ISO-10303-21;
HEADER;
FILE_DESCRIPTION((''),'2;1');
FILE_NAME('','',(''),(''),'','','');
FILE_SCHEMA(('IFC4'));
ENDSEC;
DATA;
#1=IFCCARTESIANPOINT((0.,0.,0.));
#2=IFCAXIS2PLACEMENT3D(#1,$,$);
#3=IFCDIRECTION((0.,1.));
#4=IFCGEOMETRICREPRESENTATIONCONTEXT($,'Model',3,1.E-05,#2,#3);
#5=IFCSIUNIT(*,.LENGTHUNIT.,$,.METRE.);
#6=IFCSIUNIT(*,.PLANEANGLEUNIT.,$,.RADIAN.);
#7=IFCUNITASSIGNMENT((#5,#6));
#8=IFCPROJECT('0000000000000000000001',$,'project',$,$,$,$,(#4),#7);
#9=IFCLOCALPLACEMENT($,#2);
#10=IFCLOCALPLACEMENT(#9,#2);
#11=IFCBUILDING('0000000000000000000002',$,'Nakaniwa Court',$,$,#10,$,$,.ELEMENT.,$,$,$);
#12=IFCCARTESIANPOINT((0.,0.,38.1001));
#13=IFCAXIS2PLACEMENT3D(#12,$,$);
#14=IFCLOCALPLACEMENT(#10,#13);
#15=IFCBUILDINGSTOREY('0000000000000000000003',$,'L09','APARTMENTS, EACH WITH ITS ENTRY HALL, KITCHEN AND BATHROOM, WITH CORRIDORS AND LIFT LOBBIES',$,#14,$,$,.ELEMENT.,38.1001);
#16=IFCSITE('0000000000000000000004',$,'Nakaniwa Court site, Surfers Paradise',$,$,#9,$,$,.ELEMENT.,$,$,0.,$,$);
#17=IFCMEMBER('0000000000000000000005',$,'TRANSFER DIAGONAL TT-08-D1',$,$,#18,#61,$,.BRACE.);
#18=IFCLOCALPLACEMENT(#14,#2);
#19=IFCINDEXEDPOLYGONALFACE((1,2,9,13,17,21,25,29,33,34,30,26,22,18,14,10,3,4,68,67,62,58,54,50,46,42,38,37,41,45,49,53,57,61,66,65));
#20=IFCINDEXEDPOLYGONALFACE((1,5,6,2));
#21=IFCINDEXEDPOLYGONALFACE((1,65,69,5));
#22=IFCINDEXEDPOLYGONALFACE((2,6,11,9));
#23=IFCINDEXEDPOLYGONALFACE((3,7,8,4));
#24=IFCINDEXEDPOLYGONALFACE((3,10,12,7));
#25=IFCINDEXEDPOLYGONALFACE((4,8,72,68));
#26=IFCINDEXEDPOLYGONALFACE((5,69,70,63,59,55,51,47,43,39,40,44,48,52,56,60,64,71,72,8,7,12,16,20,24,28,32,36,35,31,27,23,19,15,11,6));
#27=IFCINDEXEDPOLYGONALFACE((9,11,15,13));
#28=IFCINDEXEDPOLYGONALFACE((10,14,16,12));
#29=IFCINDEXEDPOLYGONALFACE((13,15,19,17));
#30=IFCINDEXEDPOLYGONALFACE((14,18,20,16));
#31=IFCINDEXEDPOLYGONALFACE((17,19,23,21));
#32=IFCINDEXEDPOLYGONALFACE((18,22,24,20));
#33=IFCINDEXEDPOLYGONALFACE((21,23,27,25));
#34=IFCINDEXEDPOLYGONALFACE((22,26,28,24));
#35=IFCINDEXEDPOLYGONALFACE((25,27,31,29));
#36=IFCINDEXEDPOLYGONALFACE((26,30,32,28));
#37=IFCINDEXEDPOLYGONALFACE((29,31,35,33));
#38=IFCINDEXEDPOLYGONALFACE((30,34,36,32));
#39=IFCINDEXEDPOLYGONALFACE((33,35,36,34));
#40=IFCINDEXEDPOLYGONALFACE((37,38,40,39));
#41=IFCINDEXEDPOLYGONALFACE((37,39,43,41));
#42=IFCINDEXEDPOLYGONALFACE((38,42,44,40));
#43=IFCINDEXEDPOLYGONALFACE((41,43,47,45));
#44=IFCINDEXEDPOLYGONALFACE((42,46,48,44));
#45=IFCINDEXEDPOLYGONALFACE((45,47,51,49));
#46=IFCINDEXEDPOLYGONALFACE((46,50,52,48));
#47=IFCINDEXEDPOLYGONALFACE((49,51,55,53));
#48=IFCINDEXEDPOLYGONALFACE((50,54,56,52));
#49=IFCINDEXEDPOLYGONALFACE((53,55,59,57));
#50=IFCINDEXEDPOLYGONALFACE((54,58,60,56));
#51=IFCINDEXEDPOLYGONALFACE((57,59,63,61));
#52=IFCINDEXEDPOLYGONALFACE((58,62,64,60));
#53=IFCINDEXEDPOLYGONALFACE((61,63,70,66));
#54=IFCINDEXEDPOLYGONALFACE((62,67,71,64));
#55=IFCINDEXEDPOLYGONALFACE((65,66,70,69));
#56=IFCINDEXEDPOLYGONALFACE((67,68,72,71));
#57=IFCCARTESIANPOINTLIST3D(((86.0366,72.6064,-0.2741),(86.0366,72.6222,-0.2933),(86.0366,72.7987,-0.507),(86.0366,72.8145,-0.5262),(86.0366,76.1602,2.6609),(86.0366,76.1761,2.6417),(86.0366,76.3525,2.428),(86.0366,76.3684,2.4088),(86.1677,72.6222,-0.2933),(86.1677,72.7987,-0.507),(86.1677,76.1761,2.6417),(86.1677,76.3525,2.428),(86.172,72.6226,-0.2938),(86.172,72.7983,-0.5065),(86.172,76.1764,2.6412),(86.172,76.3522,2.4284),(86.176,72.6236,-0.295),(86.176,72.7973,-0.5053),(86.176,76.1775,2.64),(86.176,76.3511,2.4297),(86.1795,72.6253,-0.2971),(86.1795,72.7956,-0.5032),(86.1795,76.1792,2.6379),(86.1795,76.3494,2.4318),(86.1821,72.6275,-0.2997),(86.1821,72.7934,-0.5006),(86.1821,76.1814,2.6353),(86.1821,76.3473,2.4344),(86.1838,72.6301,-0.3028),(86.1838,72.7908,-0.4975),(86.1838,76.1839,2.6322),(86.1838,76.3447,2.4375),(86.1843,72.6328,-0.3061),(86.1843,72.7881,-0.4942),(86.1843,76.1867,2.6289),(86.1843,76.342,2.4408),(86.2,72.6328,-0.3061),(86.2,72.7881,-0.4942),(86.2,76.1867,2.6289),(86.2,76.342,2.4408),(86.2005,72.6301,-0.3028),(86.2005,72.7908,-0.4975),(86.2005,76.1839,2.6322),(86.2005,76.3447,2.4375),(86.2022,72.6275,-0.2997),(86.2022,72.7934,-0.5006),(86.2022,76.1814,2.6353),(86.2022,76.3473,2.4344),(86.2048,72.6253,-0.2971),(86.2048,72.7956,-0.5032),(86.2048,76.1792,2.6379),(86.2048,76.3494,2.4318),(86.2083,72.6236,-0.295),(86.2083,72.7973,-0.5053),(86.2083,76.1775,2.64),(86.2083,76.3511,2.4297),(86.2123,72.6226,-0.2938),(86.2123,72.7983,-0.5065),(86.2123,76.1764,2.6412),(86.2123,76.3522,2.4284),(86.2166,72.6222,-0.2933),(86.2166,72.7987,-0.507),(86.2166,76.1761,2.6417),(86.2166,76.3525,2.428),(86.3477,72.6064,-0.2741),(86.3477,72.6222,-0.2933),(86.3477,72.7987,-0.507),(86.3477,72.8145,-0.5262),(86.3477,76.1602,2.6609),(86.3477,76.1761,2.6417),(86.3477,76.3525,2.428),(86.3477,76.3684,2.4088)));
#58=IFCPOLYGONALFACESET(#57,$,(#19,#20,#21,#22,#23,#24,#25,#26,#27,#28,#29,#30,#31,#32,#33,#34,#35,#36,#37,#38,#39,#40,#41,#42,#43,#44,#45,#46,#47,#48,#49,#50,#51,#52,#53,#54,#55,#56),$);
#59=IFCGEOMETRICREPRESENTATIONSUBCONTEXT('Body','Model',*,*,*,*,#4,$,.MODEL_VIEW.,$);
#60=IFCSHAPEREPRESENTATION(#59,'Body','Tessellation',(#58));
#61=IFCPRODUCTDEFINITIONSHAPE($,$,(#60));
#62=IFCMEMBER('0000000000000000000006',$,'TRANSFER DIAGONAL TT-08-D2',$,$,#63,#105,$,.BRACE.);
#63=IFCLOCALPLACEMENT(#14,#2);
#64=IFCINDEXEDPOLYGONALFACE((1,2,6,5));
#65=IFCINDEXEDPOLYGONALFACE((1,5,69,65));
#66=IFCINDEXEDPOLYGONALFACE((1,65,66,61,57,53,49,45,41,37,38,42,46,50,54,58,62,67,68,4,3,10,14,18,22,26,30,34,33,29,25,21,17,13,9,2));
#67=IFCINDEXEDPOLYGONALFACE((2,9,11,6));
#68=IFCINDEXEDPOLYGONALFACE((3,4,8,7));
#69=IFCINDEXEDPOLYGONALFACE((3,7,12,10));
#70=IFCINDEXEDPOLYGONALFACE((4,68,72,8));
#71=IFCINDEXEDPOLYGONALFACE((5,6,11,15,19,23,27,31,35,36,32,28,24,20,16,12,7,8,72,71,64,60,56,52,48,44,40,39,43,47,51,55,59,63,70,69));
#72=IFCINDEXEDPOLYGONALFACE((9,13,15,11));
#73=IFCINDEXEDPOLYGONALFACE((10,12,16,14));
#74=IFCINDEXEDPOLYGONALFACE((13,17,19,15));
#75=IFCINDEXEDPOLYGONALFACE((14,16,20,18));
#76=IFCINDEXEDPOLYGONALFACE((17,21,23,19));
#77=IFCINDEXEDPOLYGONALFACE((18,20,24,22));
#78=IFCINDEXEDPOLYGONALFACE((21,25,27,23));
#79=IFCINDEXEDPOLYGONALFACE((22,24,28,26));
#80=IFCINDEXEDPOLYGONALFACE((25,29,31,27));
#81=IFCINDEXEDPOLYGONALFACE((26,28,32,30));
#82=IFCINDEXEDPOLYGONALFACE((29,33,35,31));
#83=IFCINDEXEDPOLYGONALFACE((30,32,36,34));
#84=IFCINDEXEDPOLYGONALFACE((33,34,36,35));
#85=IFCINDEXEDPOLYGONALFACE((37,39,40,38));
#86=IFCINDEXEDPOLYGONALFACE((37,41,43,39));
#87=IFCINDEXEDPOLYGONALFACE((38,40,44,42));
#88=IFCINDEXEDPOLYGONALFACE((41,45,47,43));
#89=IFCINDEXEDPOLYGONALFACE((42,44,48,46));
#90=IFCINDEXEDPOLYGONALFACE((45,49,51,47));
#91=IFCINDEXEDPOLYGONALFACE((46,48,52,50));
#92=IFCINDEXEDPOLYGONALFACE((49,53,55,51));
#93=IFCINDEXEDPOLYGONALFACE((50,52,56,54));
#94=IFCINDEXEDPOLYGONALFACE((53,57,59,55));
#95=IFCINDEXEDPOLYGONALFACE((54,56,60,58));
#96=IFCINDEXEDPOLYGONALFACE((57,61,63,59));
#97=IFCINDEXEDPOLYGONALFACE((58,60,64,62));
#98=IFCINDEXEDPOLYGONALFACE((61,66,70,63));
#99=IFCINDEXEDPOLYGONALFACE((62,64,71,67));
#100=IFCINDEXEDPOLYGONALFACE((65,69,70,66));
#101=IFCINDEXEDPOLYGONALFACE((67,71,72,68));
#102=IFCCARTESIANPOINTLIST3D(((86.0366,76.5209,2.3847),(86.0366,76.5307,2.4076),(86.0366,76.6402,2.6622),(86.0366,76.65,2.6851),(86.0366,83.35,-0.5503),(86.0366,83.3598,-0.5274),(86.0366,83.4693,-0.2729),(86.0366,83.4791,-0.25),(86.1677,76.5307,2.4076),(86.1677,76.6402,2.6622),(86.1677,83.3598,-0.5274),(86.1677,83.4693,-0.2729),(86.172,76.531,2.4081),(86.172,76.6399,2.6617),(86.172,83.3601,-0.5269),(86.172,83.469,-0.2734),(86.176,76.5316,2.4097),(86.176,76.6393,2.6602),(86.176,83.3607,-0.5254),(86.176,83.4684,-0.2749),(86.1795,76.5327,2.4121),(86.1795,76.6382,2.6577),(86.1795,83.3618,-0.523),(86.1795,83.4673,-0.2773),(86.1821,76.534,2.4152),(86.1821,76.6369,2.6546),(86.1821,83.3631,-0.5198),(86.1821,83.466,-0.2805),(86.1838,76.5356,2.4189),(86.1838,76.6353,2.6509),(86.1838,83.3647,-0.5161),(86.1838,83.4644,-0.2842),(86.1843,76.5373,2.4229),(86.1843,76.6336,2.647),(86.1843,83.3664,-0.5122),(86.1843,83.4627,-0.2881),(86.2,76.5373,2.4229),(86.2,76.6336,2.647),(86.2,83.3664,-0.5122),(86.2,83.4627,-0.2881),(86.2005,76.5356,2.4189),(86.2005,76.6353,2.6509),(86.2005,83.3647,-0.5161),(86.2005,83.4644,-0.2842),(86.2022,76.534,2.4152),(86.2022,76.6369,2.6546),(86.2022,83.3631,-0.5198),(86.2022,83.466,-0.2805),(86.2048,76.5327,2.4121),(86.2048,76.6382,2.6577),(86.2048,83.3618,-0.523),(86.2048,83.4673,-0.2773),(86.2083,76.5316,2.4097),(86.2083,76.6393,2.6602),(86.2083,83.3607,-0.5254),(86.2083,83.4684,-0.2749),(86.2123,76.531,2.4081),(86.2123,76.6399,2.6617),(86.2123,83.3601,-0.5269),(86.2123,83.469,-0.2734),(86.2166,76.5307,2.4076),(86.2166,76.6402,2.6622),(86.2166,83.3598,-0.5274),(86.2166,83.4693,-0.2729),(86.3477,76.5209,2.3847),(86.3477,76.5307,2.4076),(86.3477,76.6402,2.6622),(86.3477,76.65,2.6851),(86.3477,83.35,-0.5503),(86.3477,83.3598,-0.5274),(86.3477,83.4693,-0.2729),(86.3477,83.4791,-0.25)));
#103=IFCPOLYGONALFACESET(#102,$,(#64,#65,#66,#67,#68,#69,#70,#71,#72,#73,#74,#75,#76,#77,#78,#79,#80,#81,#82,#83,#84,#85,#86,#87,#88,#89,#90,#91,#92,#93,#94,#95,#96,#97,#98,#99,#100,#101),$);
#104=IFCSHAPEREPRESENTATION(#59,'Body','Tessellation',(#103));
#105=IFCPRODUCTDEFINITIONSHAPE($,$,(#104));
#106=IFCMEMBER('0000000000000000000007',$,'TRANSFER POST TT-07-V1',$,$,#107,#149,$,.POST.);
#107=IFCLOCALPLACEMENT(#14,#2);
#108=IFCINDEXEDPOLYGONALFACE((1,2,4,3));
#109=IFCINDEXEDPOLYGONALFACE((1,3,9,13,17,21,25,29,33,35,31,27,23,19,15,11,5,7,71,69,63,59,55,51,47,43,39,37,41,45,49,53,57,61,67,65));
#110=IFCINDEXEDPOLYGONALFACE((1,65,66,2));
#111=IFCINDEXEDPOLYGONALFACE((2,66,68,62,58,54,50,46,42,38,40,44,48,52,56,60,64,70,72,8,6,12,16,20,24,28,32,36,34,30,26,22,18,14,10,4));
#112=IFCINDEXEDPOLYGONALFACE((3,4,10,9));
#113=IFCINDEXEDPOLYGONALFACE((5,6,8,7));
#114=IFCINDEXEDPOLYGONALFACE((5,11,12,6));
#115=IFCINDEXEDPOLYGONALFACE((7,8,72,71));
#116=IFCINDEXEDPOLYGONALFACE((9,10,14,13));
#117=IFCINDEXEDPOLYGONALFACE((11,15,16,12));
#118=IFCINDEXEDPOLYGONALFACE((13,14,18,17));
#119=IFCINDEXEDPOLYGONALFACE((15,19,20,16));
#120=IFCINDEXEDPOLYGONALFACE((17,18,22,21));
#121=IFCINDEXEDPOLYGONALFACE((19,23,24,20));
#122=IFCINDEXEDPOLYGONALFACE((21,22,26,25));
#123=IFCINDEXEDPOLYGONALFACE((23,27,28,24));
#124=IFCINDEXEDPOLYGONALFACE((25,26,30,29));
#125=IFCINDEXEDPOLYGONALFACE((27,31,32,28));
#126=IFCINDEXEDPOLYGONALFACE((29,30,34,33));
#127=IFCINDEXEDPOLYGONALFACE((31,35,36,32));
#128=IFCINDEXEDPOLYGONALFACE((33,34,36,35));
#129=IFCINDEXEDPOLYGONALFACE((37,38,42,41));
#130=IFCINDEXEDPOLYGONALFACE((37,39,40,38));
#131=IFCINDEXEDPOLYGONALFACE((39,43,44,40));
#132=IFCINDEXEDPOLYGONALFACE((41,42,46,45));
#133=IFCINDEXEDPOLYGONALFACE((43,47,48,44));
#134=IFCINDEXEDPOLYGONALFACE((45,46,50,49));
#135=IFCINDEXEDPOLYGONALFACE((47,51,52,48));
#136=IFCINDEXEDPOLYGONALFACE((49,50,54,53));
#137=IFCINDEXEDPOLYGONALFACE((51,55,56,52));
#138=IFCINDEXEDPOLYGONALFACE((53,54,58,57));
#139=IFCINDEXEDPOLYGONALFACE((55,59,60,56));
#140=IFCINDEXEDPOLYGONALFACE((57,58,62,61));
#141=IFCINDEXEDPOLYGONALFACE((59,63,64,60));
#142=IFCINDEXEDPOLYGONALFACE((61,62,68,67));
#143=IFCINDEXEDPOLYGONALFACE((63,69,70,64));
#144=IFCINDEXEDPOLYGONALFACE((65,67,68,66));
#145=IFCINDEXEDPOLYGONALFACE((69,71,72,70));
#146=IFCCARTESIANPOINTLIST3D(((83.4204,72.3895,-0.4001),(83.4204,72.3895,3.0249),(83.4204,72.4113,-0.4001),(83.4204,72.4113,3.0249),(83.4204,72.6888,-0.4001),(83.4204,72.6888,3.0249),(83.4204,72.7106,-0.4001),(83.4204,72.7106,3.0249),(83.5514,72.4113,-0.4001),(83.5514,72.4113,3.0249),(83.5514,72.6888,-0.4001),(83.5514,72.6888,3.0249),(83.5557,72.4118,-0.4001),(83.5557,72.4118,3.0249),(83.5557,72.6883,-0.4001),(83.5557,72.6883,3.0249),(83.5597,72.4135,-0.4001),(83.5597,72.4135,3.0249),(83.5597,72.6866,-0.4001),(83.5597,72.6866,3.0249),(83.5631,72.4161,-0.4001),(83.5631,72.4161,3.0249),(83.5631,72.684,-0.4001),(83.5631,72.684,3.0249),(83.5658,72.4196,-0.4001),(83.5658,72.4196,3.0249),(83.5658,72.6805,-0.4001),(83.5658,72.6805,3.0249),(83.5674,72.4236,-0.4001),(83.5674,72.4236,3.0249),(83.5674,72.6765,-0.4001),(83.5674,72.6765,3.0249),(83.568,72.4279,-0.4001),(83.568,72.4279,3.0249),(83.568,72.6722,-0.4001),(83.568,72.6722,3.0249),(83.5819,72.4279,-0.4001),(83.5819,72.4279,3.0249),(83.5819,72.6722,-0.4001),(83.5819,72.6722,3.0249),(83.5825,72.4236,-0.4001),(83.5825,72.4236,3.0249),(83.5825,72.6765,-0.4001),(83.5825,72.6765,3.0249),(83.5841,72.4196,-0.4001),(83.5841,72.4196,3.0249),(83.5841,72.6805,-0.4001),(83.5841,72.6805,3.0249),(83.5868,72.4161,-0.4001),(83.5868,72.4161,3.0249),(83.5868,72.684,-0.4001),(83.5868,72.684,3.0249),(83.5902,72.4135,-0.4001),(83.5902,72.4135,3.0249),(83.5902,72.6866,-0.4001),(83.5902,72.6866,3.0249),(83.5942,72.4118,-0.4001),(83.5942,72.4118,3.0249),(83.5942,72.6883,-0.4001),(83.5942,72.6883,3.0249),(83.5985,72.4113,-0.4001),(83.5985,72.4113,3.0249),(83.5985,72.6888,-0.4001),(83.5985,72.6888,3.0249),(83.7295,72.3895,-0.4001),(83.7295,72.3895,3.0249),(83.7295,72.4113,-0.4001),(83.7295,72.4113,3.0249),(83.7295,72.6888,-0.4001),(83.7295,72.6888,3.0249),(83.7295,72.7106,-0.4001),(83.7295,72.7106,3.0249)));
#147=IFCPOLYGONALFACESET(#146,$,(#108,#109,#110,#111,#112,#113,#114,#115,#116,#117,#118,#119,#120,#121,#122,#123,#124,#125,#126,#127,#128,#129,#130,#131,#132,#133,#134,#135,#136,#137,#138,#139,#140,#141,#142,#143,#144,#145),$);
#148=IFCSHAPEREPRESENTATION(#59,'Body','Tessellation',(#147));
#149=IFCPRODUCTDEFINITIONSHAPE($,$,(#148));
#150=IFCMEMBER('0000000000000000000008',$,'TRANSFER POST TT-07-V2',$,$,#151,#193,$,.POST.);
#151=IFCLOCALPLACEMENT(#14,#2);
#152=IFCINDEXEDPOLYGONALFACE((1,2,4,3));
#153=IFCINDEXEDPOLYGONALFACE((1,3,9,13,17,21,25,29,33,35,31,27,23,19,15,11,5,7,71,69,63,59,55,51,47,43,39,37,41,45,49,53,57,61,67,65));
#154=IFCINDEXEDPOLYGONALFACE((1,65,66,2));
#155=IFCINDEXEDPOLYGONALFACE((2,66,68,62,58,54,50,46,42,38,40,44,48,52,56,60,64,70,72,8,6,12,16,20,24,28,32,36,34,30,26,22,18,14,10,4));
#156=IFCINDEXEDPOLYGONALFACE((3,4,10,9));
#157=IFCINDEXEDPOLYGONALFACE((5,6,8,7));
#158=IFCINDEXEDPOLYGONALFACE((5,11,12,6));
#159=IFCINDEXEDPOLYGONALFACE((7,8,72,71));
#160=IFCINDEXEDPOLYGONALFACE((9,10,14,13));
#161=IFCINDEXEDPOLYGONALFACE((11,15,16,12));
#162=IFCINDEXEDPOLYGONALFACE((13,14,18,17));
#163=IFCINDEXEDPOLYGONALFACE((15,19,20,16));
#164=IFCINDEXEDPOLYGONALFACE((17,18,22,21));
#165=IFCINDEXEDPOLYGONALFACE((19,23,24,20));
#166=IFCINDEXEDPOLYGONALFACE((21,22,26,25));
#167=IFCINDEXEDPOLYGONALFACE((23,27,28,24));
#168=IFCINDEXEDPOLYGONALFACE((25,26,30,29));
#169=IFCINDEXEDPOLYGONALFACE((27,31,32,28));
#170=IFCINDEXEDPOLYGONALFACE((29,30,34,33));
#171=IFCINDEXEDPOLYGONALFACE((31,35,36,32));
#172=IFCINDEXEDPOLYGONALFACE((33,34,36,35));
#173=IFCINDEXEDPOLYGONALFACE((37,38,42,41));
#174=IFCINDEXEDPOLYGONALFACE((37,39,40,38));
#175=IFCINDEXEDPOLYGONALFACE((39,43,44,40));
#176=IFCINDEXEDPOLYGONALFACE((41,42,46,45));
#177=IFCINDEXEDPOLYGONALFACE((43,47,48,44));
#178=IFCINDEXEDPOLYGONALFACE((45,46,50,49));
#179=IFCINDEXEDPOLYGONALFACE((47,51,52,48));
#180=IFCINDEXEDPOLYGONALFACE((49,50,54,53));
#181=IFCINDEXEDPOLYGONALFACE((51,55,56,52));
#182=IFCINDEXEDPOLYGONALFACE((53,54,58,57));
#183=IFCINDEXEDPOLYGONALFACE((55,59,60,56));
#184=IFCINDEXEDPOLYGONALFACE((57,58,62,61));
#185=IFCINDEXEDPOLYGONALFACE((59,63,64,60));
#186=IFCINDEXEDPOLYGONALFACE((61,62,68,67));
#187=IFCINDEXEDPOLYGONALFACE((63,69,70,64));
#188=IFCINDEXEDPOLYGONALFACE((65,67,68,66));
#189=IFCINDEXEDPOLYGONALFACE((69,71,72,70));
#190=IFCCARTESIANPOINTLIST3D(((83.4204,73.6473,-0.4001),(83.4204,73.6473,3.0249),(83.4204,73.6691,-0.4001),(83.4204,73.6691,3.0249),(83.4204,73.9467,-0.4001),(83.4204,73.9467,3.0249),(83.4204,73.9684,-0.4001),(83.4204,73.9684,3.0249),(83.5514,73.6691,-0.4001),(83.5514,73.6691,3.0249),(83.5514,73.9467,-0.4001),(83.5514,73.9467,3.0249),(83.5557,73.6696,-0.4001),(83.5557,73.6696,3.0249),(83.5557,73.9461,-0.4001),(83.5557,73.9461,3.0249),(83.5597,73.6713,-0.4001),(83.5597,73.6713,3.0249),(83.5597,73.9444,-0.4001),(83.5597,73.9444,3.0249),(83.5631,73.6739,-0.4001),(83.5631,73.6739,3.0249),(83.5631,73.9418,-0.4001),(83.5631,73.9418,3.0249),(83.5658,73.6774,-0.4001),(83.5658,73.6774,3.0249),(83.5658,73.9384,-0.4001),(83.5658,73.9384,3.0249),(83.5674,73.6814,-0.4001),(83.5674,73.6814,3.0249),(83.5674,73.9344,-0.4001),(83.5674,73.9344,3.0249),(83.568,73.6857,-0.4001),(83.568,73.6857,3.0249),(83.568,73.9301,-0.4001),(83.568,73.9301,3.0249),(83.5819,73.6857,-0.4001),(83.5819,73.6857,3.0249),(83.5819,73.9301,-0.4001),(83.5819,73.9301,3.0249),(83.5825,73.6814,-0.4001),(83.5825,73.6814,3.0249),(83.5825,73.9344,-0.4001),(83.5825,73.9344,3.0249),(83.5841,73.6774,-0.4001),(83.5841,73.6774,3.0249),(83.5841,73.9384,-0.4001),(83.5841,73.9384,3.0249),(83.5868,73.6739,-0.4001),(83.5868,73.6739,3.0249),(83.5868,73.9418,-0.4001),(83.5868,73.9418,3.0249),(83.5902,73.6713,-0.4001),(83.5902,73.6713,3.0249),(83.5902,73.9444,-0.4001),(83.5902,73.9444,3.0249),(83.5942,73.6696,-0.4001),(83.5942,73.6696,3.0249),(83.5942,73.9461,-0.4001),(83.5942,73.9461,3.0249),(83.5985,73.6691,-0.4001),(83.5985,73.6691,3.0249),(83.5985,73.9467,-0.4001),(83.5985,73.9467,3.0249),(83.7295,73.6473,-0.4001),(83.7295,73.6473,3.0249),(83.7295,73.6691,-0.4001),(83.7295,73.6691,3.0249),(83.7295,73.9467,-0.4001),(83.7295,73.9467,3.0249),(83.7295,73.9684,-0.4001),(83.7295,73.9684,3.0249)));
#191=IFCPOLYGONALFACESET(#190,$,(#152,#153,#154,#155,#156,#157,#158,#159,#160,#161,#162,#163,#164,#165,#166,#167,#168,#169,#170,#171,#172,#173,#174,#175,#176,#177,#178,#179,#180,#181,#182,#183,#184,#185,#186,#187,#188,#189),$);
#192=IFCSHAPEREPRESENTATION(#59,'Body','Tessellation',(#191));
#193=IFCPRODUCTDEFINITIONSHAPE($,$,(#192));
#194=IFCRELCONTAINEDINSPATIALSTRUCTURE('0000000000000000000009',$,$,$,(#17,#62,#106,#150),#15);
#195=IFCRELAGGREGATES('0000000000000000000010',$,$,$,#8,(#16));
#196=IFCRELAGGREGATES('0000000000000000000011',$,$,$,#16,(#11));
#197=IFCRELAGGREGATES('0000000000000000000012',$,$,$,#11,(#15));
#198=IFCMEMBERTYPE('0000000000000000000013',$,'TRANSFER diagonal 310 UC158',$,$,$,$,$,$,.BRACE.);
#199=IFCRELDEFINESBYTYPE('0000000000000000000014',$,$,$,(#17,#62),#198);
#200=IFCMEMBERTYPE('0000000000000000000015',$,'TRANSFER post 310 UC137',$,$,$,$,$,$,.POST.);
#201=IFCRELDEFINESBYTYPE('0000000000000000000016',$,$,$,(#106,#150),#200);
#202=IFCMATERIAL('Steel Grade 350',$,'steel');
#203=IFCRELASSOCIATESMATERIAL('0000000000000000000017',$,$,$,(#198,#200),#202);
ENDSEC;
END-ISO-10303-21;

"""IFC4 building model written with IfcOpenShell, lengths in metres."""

from ifc_helpers import new_model, si_unit, direction, frame, origin, origin_2d, place, context, subcontext, project, spatial, i_section, extrude, material, material_profile, profile_set, type_object, element, save


model = new_model("IFC4")

# Units and contexts
model_context = context("Model", 3, precision=1e-05, world=origin(), true_north=direction((0.0, 1.0)))
body_context = subcontext(model_context, "Body", "Model", "MODEL_VIEW")
ifc_project = project(units=[si_unit("LENGTHUNIT", "METRE"), si_unit("PLANEANGLEUNIT", "RADIAN")], contexts=[model_context])

# Site, building, storey
site_placement = place(None, origin())
site = spatial("IfcSite", under=ifc_project, at=site_placement, Name="Nakaniwa Court site, Surfers Paradise", CompositionType="ELEMENT", RefElevation=0.0)
building_placement = place(site_placement, origin())
building = spatial("IfcBuilding", under=site, at=building_placement, Name="Nakaniwa Court", CompositionType="ELEMENT")
storey_placement = place(building_placement, frame((0.0, 0.0, 38.1001)))
storey = spatial("IfcBuildingStorey", under=building, at=storey_placement, Name="L09", Description="APARTMENTS, EACH WITH ITS ENTRY HALL, KITCHEN AND BATHROOM, WITH CORRIDORS AND LIFT LOBBIES", CompositionType="ELEMENT", Elevation=38.1001)

# Members
ifc_material_1 = material(Name="Steel Grade 350", Category="steel")
ifc_material_profile_1 = material_profile(ifc_material_1, i_section(OverallWidth=0.311, OverallDepth=0.3269, WebThickness=0.0156, FlangeThickness=0.0249, FilletRadius=0.0166, at=origin_2d()), Name="310UC158")
ifc_profile_set_1 = profile_set([ifc_material_profile_1], Name="Steel Grade 350")
member_type_1 = type_object("IfcMemberType", Name="TRANSFER diagonal 310 UC158", PredefinedType="BRACE", material=ifc_profile_set_1)
member_1_placement = place(storey_placement, frame((86.1921, 72.7104, -0.4001), z_axis=(0.0, 0.771049, 0.636776), x_axis=(-1.0, 0.0, 0.0)))
element("IfcMember", 1, at=member_1_placement, inside=storey, type_object=member_type_1, Name="TRANSFER DIAGONAL TT-08-D1", PredefinedType="BRACE", context=body_context, shape_type="SweptSolid", body=[
    extrude(i_section(OverallWidth=0.311, OverallDepth=0.3269, WebThickness=0.0156, FlangeThickness=0.0249, FilletRadius=0.0166, at=origin_2d()), origin(), (0.0, 0.0, 1.0), 4.6091),
])
member_2_placement = place(storey_placement, frame((86.1921, 76.5854, 2.5349), z_axis=(0.0, 0.91874, -0.394863), x_axis=(-1.0, 0.0, 0.0)))
element("IfcMember", 2, at=member_2_placement, inside=storey, type_object=member_type_1, Name="TRANSFER DIAGONAL TT-08-D2", PredefinedType="BRACE", context=body_context, shape_type="SweptSolid", body=[
    extrude(i_section(OverallWidth=0.311, OverallDepth=0.3269, WebThickness=0.0156, FlangeThickness=0.0249, FilletRadius=0.0166, at=origin_2d()), origin(), (0.0, 0.0, 1.0), 7.4331),
])
ifc_material_profile_2 = material_profile(ifc_material_1, i_section(OverallWidth=0.3091, OverallDepth=0.321, WebThickness=0.0139, FlangeThickness=0.0217, FilletRadius=0.0166, at=origin_2d()), Name="310UC137")
ifc_profile_set_2 = profile_set([ifc_material_profile_2], Name="Steel Grade 350")
member_type_2 = type_object("IfcMemberType", Name="TRANSFER post 310 UC137", PredefinedType="POST", material=ifc_profile_set_2)
for number, where, z_axis, x_axis, name in (
    (3, (83.575, 72.55, -0.4001), (0.0, 0.0, 1.0), (1.0, 0.0, 0.0), "TRANSFER POST TT-07-V1"),
    (4, (83.575, 73.8079, -0.4001), (0.0, 0.0, 1.0), (1.0, 0.0, 0.0), "TRANSFER POST TT-07-V2"),
):
    element("IfcMember", number, at=place(storey_placement, frame(where, z_axis=z_axis, x_axis=x_axis)), inside=storey, type_object=member_type_2, Name=name, PredefinedType="POST", context=body_context, shape_type="SweptSolid", body=[
        extrude(i_section(OverallWidth=0.3091, OverallDepth=0.321, WebThickness=0.0139, FlangeThickness=0.0217, FilletRadius=0.0166, at=origin_2d()), origin(), (0.0, 0.0, 1.0), 3.425),
    ])

save(model, "model.ifc")
